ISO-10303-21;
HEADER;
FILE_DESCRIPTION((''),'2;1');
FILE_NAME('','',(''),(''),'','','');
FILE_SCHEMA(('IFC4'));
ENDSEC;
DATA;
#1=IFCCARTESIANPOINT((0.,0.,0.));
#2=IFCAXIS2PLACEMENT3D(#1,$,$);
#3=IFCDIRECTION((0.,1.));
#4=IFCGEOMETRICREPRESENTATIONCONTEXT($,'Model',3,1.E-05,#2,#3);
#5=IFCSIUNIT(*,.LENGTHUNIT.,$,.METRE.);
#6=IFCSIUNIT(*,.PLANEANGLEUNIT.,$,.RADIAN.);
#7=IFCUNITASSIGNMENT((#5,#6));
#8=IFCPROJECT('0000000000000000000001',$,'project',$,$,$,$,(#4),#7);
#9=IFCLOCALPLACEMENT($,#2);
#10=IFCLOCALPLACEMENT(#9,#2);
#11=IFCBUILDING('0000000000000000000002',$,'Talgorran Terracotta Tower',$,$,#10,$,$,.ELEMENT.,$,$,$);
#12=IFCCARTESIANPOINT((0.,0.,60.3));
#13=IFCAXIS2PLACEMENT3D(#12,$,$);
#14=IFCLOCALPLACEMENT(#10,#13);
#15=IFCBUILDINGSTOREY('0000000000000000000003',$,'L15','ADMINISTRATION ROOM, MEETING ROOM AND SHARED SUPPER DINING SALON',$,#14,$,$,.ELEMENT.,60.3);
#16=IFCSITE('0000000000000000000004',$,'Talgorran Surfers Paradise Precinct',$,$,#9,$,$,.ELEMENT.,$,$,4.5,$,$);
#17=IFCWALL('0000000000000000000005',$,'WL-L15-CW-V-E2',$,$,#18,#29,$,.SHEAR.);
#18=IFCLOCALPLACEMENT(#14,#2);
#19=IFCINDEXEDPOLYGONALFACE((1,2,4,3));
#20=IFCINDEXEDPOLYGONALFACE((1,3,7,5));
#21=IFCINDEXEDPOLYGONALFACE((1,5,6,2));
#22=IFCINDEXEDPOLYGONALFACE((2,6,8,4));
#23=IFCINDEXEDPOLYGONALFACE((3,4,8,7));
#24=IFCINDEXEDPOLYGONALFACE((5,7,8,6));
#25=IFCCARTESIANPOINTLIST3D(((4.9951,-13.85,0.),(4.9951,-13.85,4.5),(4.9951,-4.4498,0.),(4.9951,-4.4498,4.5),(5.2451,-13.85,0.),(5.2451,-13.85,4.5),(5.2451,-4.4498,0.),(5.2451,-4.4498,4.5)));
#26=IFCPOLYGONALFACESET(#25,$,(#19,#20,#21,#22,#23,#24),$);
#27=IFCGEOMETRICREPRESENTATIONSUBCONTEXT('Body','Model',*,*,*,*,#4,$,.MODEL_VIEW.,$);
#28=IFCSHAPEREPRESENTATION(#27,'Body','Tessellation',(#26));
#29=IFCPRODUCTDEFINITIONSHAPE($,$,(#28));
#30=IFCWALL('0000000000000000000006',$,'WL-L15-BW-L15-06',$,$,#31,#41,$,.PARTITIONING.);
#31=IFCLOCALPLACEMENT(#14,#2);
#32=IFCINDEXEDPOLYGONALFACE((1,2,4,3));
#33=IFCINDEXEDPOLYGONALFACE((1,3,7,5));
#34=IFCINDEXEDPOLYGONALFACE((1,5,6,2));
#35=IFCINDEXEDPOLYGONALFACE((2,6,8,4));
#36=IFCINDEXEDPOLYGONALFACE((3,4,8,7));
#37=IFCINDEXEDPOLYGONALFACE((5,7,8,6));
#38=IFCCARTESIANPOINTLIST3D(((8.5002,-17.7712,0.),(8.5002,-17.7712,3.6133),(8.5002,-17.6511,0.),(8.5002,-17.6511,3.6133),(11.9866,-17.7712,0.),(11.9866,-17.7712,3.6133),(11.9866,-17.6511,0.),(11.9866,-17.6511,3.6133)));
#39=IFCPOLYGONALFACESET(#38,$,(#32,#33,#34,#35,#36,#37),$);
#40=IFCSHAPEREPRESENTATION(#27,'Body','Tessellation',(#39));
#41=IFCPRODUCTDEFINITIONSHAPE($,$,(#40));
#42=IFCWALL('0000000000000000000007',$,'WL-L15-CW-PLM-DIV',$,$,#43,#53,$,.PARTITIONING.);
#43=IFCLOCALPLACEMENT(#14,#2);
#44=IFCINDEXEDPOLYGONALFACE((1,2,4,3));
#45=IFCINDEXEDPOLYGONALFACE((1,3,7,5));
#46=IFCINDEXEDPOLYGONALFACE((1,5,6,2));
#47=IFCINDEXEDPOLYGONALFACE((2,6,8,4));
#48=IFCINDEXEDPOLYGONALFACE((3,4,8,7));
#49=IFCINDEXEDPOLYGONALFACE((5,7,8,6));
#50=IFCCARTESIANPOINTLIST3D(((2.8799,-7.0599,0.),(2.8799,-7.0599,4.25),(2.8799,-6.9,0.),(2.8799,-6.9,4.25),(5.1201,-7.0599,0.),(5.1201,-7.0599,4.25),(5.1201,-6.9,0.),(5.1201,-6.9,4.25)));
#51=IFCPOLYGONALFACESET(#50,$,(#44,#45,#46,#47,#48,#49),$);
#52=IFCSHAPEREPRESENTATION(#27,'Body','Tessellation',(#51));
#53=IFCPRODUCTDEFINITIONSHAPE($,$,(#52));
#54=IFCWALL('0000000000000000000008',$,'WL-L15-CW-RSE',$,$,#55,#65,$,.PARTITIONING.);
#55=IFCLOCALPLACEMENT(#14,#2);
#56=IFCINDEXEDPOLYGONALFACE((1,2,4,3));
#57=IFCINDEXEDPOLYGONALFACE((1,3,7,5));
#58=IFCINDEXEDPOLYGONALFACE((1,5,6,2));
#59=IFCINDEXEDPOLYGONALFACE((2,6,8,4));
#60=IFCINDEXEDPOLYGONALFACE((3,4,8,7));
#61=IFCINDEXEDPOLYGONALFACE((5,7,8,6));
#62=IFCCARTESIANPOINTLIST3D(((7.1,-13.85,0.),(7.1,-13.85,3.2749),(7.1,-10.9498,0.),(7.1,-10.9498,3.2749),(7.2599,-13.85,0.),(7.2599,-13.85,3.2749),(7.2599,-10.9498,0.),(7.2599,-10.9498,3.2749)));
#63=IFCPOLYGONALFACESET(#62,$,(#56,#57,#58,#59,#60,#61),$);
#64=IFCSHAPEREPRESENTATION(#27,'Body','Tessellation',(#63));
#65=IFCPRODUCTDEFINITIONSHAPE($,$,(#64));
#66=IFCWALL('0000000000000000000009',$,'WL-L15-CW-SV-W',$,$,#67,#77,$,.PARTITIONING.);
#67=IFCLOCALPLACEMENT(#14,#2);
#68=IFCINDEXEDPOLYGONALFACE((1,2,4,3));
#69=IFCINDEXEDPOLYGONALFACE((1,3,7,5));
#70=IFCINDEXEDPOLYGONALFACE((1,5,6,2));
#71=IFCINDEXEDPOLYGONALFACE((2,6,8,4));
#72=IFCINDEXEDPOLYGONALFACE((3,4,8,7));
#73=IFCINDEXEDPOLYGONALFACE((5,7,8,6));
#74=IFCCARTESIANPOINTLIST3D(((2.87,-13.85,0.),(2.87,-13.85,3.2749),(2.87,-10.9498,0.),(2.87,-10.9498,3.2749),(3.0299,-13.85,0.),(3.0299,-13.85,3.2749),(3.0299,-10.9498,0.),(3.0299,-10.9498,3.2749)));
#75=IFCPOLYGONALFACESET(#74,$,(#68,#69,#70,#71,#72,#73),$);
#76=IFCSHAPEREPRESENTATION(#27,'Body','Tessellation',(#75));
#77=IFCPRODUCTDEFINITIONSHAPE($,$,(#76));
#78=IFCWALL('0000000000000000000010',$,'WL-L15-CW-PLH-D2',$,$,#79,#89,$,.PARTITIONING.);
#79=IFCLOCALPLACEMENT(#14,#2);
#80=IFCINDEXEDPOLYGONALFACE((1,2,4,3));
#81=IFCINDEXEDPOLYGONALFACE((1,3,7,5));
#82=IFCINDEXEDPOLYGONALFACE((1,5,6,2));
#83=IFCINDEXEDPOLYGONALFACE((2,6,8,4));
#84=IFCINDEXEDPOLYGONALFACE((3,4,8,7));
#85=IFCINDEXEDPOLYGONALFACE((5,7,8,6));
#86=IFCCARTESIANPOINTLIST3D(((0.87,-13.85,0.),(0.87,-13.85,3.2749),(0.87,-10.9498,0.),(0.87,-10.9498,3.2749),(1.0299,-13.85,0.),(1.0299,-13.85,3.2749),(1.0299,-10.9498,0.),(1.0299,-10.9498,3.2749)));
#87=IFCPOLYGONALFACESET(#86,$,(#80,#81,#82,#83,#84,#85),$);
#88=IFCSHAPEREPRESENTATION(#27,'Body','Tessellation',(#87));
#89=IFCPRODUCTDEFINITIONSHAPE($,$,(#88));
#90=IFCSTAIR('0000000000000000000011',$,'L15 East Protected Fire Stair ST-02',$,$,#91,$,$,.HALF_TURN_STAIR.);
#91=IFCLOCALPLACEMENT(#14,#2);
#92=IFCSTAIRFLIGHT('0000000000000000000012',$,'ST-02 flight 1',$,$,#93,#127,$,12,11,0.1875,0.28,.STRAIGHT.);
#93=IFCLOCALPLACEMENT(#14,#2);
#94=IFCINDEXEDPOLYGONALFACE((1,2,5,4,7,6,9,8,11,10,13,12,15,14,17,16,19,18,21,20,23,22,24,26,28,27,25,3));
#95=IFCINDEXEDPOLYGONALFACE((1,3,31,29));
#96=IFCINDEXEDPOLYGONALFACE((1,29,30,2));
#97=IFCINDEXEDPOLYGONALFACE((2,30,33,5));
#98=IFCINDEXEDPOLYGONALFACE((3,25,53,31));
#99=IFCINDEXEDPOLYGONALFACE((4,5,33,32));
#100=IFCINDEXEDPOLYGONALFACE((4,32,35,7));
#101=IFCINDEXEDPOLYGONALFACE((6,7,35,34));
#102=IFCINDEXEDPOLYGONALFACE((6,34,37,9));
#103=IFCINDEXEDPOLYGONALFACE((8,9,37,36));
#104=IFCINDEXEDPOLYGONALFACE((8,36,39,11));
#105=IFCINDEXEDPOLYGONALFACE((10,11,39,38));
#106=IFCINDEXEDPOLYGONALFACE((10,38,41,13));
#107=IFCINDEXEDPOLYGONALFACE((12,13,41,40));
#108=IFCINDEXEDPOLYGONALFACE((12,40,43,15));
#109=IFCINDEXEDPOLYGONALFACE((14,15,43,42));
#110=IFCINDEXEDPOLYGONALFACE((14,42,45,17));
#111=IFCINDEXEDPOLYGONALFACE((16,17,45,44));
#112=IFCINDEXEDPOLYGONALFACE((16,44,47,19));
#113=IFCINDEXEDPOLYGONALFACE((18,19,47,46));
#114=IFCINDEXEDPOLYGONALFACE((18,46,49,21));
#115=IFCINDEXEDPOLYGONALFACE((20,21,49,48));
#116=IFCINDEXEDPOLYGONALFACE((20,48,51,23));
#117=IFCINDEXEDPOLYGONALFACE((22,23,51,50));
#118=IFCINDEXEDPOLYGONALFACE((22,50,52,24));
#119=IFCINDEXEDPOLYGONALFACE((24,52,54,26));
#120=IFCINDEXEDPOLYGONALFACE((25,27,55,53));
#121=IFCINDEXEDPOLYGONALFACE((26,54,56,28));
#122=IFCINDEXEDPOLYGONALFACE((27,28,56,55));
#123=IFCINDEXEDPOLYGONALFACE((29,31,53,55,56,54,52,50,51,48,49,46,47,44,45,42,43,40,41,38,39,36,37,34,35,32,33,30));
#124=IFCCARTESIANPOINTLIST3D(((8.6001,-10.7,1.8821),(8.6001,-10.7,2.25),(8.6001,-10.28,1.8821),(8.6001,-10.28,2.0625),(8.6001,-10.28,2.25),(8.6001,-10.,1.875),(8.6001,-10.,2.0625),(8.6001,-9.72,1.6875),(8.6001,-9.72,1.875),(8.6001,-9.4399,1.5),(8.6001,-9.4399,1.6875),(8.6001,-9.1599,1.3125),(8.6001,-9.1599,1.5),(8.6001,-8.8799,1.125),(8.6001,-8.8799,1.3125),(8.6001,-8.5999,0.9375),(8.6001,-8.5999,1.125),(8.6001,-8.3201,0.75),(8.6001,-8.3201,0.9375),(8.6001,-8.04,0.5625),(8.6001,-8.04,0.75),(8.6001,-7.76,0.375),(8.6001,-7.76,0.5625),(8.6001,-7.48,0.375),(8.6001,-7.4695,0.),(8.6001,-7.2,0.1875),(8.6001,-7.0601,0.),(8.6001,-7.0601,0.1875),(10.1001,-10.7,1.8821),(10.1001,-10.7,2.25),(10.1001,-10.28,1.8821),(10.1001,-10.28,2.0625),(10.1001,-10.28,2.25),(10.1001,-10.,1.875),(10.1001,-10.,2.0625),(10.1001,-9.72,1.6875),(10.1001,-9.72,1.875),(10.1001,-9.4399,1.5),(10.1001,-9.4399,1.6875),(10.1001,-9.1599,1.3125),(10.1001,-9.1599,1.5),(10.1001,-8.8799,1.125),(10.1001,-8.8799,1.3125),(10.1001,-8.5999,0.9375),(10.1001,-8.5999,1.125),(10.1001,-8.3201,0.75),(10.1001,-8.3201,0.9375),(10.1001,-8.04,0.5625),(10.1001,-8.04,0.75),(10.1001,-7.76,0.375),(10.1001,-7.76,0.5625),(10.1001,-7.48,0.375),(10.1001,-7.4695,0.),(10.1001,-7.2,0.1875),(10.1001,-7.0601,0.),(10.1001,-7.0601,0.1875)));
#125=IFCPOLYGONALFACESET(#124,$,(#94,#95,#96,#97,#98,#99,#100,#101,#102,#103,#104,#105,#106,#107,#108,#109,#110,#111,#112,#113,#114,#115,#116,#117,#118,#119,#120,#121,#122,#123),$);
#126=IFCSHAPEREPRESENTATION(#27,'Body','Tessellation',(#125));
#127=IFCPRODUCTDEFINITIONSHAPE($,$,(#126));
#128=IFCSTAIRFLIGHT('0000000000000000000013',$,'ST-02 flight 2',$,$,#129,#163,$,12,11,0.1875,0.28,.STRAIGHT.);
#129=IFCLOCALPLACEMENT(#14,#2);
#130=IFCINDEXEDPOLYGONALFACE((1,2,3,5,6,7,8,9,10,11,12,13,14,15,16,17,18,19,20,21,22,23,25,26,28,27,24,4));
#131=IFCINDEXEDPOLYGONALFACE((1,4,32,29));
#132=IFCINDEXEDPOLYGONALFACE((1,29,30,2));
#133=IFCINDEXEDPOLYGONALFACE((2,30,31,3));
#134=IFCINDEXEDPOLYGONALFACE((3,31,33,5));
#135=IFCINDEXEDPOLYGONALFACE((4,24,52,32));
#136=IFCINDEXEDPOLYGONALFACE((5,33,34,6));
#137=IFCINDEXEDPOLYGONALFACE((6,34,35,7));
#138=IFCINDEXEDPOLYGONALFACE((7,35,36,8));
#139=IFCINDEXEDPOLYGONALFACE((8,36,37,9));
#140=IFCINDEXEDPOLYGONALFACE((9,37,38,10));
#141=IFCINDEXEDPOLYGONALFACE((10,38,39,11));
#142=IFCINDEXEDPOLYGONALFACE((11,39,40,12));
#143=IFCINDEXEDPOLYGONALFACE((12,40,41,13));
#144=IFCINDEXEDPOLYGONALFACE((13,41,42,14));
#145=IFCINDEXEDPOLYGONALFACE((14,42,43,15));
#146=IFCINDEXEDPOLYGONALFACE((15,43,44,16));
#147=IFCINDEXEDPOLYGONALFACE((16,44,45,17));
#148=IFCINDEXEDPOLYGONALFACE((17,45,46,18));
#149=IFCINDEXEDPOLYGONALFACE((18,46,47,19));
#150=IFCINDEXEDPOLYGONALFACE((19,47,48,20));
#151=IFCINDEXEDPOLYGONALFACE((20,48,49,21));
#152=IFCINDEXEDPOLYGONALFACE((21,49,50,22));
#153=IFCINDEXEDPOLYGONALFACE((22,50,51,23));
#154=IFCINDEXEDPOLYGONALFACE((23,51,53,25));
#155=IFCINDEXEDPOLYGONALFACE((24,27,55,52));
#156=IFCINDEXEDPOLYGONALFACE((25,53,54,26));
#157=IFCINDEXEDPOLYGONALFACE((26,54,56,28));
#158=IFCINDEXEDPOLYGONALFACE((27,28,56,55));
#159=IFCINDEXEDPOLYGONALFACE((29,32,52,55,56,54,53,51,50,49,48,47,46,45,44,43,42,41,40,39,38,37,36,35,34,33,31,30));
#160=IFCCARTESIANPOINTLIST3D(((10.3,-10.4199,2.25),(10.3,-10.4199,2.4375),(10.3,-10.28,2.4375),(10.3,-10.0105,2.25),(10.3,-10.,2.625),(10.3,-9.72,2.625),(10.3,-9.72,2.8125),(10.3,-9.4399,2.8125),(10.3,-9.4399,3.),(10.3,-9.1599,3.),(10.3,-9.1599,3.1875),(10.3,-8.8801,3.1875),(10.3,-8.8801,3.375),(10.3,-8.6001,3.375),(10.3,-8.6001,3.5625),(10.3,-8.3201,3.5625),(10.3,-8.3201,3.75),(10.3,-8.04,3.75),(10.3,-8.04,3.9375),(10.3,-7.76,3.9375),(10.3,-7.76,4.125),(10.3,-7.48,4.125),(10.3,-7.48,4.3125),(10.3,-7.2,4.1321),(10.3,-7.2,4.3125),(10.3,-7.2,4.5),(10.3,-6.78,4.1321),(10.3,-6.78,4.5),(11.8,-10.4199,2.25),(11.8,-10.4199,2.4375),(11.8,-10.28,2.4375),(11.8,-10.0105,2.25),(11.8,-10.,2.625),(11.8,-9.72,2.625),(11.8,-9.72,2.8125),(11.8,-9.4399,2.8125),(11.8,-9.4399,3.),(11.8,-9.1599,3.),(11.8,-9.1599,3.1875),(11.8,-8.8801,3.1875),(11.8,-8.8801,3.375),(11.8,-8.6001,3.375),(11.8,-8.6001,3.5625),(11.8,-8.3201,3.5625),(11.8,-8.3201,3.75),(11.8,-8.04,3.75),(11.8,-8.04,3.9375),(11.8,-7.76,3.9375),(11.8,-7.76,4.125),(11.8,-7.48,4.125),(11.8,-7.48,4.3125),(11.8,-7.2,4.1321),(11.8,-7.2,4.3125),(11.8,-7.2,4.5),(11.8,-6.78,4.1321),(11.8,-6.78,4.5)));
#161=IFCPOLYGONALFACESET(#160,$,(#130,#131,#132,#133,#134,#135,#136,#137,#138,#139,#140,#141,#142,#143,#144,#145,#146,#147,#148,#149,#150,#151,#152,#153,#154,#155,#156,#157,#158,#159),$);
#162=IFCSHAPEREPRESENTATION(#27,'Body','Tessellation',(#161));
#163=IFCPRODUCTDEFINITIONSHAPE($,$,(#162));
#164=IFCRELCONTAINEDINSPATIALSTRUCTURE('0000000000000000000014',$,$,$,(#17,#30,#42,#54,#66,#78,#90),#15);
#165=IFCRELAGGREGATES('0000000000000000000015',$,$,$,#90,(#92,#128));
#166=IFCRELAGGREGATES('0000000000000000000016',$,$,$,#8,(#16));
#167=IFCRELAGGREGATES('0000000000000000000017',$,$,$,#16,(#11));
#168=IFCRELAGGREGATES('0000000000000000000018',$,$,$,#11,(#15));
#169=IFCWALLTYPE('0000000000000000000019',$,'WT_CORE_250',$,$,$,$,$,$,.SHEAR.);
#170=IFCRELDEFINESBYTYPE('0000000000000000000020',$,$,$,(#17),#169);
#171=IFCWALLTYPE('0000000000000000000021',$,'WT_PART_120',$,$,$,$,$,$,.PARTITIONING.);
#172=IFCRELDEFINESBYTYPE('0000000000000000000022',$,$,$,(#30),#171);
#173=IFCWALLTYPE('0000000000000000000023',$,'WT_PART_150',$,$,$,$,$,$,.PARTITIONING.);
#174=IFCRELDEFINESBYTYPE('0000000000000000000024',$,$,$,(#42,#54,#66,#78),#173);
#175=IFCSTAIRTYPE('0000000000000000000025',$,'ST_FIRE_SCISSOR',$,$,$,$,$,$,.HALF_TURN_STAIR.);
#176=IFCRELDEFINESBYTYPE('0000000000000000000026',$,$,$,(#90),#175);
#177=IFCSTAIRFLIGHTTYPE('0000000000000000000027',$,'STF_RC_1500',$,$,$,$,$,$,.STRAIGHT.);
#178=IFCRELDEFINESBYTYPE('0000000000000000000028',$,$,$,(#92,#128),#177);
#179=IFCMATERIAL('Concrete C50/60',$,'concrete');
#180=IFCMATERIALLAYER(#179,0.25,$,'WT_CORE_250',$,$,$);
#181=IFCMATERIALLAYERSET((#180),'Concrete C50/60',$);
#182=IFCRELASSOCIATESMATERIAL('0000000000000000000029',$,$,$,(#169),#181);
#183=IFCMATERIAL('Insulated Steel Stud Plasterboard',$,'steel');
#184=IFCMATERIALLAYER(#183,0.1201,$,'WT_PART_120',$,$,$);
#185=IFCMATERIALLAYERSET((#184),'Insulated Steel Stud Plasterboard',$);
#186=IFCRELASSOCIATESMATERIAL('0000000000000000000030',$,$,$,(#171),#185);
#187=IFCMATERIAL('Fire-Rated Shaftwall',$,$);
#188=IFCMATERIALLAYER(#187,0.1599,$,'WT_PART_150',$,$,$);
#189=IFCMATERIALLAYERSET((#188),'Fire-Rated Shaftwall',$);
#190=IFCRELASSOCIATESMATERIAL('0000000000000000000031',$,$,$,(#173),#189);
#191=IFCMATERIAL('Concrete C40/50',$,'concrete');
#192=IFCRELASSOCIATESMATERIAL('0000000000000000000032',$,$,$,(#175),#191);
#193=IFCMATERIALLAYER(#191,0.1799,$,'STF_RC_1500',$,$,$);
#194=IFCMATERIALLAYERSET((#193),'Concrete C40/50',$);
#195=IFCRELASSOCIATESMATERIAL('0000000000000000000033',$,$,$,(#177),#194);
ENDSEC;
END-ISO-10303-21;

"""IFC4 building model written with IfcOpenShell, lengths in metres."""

from ifc_helpers import new_model, si_unit, direction, frame, frame_2d, origin, place, context, subcontext, project, spatial, polyline, rectangle, outline, extrude, material, layer, layer_set, type_object, element, aggregate, save


model = new_model("IFC4")

# Units and contexts
model_context = context("Model", 3, precision=1e-05, world=origin(), true_north=direction((0.0, 1.0)))
body_context = subcontext(model_context, "Body", "Model", "MODEL_VIEW")
ifc_project = project(units=[si_unit("LENGTHUNIT", "METRE"), si_unit("PLANEANGLEUNIT", "RADIAN")], contexts=[model_context])

# Site, building, storey
site_placement = place(None, origin())
site = spatial("IfcSite", under=ifc_project, at=site_placement, Name="Talgorran Surfers Paradise Precinct", CompositionType="ELEMENT", RefElevation=4.5)
building_placement = place(site_placement, origin())
building = spatial("IfcBuilding", under=site, at=building_placement, Name="Talgorran Terracotta Tower", CompositionType="ELEMENT")
storey_placement = place(building_placement, frame((0.0, 0.0, 60.3)))
storey = spatial("IfcBuildingStorey", under=building, at=storey_placement, Name="L15", Description="ADMINISTRATION ROOM, MEETING ROOM AND SHARED SUPPER DINING SALON", CompositionType="ELEMENT", Elevation=60.3)

# Shared definitions
ifc_material_1 = material(Name="Concrete C50/60", Category="concrete")

# Shared definitions
ifc_layer_1 = layer(ifc_material_1, 0.25, Name="WT_CORE_250")
ifc_layer_set_1 = layer_set([ifc_layer_1], Name="Concrete C50/60")
wall_type_1 = type_object("IfcWallType", Name="WT_CORE_250", PredefinedType="SHEAR", material=ifc_layer_set_1)

# Walls
wall_1_placement = place(storey_placement, frame((5.1201, -13.8501, 0.0), z_axis=(0.0, 0.0, 1.0), x_axis=(0.0, 1.0, 0.0)))
element("IfcWall", 1, at=wall_1_placement, inside=storey, type_object=wall_type_1, Name="WL-L15-CW-V-E2", PredefinedType="SHEAR", context=body_context, shape_type="SweptSolid", body=[
    extrude(rectangle(XDim=9.4001, YDim=0.25, at=frame_2d((4.7002, 0.0))), origin(), (0.0, 0.0, 1.0), 4.5),
])
ifc_material_2 = material(Name="Insulated Steel Stud Plasterboard", Category="steel")
ifc_layer_2 = layer(ifc_material_2, 0.1201, Name="WT_PART_120")
ifc_layer_set_2 = layer_set([ifc_layer_2], Name="Insulated Steel Stud Plasterboard")
wall_type_2 = type_object("IfcWallType", Name="WT_PART_120", PredefinedType="PARTITIONING", material=ifc_layer_set_2)
wall_2_placement = place(storey_placement, frame((8.5002, -17.7112, 0.0), z_axis=(0.0, 0.0, 1.0), x_axis=(1.0, 0.0, 0.0)))
element("IfcWall", 2, at=wall_2_placement, inside=storey, type_object=wall_type_2, Name="WL-L15-BW-L15-06", PredefinedType="PARTITIONING", context=body_context, shape_type="SweptSolid", body=[
    extrude(rectangle(XDim=3.4863, YDim=0.1201, at=frame_2d((1.7432, 0.0))), origin(), (0.0, 0.0, 1.0), 3.6133),
])
ifc_material_3 = material(Name="Fire-Rated Shaftwall")
ifc_layer_3 = layer(ifc_material_3, 0.1599, Name="WT_PART_150")
ifc_layer_set_3 = layer_set([ifc_layer_3], Name="Fire-Rated Shaftwall")
wall_type_3 = type_object("IfcWallType", Name="WT_PART_150", PredefinedType="PARTITIONING", material=ifc_layer_set_3)
wall_3_placement = place(storey_placement, frame((2.8799, -6.98, 0.0), z_axis=(0.0, 0.0, 1.0), x_axis=(1.0, 0.0, 0.0)))
element("IfcWall", 3, at=wall_3_placement, inside=storey, type_object=wall_type_3, Name="WL-L15-CW-PLM-DIV", PredefinedType="PARTITIONING", context=body_context, shape_type="SweptSolid", body=[
    extrude(rectangle(XDim=2.2402, YDim=0.1599, at=frame_2d((1.1201, 0.0))), origin(), (0.0, 0.0, 1.0), 4.25),
])
for number, where, z_axis, x_axis, name in (
    (4, (7.1799, -13.8501, 0.0), (0.0, 0.0, 1.0), (0.0, 1.0, 0.0), "WL-L15-CW-RSE"),
    (5, (2.95, -13.8501, 0.0), (0.0, 0.0, 1.0), (0.0, 1.0, 0.0), "WL-L15-CW-SV-W"),
    (6, (0.95, -13.8501, 0.0), (0.0, 0.0, 1.0), (0.0, 1.0, 0.0), "WL-L15-CW-PLH-D2"),
):
    element("IfcWall", number, at=place(storey_placement, frame(where, z_axis=z_axis, x_axis=x_axis)), inside=storey, type_object=wall_type_3, Name=name, PredefinedType="PARTITIONING", context=body_context, shape_type="SweptSolid", body=[
        extrude(rectangle(XDim=2.9001, YDim=0.1599, at=frame_2d((1.4502, 0.0))), origin(), (0.0, 0.0, 1.0), 3.2749),
    ])

# Stair, stair flights
ifc_material_4 = material(Name="Concrete C40/50", Category="concrete")
stair_type = type_object("IfcStairType", Name="ST_FIRE_SCISSOR", PredefinedType="HALF_TURN_STAIR", material=ifc_material_4)
stair_placement = place(storey_placement, origin())
stair = element("IfcStair", 7, at=stair_placement, inside=storey, type_object=stair_type, Name="L15 East Protected Fire Stair ST-02", PredefinedType="HALF_TURN_STAIR")
ifc_layer_4 = layer(ifc_material_4, 0.1799, Name="STF_RC_1500")
ifc_layer_set_4 = layer_set([ifc_layer_4], Name="Concrete C40/50")
stair_flight_type = type_object("IfcStairFlightType", Name="STF_RC_1500", PredefinedType="STRAIGHT", material=ifc_layer_set_4)
stair_flight_1_placement = place(storey_placement, frame((9.3501, -7.2, 0.0), z_axis=(0.0, 0.0, 1.0), x_axis=(0.0, -1.0, 0.0)))
stair_flight_1 = element("IfcStairFlight", 8, at=stair_flight_1_placement, type_object=stair_flight_type, Name="ST-02 flight 1", NumberOfRisers=12, NumberOfTreads=11, PredefinedType="STRAIGHT", RiserHeight=0.1875, TreadLength=0.28, context=body_context, shape_type="SweptSolid", body=[
    extrude(outline(polyline([(-0.1399, 0.0), (-0.1399, 0.1875), (0.0, 0.1875), (0.28, 0.375), (0.5601, 0.375), (0.5601, 0.5625), (0.8401, 0.5625), (0.8401, 0.75), (1.1201, 0.75), (1.1201, 0.9375), (1.3999, 0.9375), (1.3999, 1.125), (1.6799, 1.125), (1.6799, 1.3125), (1.96, 1.3125), (1.96, 1.5), (2.24, 1.5), (2.24, 1.6875), (2.52, 1.6875), (2.52, 1.875), (2.8, 1.875), (2.8, 2.0625), (3.0801, 2.0625), (3.0801, 2.25), (3.5, 2.25), (3.5, 1.8821), (3.0801, 1.8821), (0.2695, 0.0), (-0.1399, 0.0)])), frame((0.0, 0.75, 0.0), z_axis=(0.0, -1.0, 0.0), x_axis=(1.0, 0.0, 0.0)), (0.0, 0.0, 1.0), 1.5),
])
stair_flight_2_placement = place(storey_placement, frame((11.05, -10.28, 2.25), z_axis=(0.0, 0.0, 1.0), x_axis=(0.0, 1.0, 0.0)))
stair_flight_2 = element("IfcStairFlight", 9, at=stair_flight_2_placement, type_object=stair_flight_type, Name="ST-02 flight 2", NumberOfRisers=12, NumberOfTreads=11, PredefinedType="STRAIGHT", RiserHeight=0.1875, TreadLength=0.28, context=body_context, shape_type="SweptSolid", body=[
    extrude(outline(polyline([(-0.1399, 0.0), (-0.1399, 0.1875), (0.0, 0.1875), (0.28, 0.375), (0.5601, 0.375), (0.5601, 0.5625), (0.8401, 0.5625), (0.8401, 0.75), (1.1201, 0.75), (1.1201, 0.9375), (1.3999, 0.9375), (1.3999, 1.125), (1.6799, 1.125), (1.6799, 1.3125), (1.96, 1.3125), (1.96, 1.5), (2.24, 1.5), (2.24, 1.6875), (2.52, 1.6875), (2.52, 1.875), (2.8, 1.875), (2.8, 2.0625), (3.0801, 2.0625), (3.0801, 2.25), (3.5, 2.25), (3.5, 1.8821), (3.0801, 1.8821), (0.2695, 0.0), (-0.1399, 0.0)])), frame((0.0, 0.75, 0.0), z_axis=(0.0, -1.0, 0.0), x_axis=(1.0, 0.0, 0.0)), (0.0, 0.0, 1.0), 1.5),
])
aggregate(stair, [stair_flight_1, stair_flight_2])

save(model, "model.ifc")
